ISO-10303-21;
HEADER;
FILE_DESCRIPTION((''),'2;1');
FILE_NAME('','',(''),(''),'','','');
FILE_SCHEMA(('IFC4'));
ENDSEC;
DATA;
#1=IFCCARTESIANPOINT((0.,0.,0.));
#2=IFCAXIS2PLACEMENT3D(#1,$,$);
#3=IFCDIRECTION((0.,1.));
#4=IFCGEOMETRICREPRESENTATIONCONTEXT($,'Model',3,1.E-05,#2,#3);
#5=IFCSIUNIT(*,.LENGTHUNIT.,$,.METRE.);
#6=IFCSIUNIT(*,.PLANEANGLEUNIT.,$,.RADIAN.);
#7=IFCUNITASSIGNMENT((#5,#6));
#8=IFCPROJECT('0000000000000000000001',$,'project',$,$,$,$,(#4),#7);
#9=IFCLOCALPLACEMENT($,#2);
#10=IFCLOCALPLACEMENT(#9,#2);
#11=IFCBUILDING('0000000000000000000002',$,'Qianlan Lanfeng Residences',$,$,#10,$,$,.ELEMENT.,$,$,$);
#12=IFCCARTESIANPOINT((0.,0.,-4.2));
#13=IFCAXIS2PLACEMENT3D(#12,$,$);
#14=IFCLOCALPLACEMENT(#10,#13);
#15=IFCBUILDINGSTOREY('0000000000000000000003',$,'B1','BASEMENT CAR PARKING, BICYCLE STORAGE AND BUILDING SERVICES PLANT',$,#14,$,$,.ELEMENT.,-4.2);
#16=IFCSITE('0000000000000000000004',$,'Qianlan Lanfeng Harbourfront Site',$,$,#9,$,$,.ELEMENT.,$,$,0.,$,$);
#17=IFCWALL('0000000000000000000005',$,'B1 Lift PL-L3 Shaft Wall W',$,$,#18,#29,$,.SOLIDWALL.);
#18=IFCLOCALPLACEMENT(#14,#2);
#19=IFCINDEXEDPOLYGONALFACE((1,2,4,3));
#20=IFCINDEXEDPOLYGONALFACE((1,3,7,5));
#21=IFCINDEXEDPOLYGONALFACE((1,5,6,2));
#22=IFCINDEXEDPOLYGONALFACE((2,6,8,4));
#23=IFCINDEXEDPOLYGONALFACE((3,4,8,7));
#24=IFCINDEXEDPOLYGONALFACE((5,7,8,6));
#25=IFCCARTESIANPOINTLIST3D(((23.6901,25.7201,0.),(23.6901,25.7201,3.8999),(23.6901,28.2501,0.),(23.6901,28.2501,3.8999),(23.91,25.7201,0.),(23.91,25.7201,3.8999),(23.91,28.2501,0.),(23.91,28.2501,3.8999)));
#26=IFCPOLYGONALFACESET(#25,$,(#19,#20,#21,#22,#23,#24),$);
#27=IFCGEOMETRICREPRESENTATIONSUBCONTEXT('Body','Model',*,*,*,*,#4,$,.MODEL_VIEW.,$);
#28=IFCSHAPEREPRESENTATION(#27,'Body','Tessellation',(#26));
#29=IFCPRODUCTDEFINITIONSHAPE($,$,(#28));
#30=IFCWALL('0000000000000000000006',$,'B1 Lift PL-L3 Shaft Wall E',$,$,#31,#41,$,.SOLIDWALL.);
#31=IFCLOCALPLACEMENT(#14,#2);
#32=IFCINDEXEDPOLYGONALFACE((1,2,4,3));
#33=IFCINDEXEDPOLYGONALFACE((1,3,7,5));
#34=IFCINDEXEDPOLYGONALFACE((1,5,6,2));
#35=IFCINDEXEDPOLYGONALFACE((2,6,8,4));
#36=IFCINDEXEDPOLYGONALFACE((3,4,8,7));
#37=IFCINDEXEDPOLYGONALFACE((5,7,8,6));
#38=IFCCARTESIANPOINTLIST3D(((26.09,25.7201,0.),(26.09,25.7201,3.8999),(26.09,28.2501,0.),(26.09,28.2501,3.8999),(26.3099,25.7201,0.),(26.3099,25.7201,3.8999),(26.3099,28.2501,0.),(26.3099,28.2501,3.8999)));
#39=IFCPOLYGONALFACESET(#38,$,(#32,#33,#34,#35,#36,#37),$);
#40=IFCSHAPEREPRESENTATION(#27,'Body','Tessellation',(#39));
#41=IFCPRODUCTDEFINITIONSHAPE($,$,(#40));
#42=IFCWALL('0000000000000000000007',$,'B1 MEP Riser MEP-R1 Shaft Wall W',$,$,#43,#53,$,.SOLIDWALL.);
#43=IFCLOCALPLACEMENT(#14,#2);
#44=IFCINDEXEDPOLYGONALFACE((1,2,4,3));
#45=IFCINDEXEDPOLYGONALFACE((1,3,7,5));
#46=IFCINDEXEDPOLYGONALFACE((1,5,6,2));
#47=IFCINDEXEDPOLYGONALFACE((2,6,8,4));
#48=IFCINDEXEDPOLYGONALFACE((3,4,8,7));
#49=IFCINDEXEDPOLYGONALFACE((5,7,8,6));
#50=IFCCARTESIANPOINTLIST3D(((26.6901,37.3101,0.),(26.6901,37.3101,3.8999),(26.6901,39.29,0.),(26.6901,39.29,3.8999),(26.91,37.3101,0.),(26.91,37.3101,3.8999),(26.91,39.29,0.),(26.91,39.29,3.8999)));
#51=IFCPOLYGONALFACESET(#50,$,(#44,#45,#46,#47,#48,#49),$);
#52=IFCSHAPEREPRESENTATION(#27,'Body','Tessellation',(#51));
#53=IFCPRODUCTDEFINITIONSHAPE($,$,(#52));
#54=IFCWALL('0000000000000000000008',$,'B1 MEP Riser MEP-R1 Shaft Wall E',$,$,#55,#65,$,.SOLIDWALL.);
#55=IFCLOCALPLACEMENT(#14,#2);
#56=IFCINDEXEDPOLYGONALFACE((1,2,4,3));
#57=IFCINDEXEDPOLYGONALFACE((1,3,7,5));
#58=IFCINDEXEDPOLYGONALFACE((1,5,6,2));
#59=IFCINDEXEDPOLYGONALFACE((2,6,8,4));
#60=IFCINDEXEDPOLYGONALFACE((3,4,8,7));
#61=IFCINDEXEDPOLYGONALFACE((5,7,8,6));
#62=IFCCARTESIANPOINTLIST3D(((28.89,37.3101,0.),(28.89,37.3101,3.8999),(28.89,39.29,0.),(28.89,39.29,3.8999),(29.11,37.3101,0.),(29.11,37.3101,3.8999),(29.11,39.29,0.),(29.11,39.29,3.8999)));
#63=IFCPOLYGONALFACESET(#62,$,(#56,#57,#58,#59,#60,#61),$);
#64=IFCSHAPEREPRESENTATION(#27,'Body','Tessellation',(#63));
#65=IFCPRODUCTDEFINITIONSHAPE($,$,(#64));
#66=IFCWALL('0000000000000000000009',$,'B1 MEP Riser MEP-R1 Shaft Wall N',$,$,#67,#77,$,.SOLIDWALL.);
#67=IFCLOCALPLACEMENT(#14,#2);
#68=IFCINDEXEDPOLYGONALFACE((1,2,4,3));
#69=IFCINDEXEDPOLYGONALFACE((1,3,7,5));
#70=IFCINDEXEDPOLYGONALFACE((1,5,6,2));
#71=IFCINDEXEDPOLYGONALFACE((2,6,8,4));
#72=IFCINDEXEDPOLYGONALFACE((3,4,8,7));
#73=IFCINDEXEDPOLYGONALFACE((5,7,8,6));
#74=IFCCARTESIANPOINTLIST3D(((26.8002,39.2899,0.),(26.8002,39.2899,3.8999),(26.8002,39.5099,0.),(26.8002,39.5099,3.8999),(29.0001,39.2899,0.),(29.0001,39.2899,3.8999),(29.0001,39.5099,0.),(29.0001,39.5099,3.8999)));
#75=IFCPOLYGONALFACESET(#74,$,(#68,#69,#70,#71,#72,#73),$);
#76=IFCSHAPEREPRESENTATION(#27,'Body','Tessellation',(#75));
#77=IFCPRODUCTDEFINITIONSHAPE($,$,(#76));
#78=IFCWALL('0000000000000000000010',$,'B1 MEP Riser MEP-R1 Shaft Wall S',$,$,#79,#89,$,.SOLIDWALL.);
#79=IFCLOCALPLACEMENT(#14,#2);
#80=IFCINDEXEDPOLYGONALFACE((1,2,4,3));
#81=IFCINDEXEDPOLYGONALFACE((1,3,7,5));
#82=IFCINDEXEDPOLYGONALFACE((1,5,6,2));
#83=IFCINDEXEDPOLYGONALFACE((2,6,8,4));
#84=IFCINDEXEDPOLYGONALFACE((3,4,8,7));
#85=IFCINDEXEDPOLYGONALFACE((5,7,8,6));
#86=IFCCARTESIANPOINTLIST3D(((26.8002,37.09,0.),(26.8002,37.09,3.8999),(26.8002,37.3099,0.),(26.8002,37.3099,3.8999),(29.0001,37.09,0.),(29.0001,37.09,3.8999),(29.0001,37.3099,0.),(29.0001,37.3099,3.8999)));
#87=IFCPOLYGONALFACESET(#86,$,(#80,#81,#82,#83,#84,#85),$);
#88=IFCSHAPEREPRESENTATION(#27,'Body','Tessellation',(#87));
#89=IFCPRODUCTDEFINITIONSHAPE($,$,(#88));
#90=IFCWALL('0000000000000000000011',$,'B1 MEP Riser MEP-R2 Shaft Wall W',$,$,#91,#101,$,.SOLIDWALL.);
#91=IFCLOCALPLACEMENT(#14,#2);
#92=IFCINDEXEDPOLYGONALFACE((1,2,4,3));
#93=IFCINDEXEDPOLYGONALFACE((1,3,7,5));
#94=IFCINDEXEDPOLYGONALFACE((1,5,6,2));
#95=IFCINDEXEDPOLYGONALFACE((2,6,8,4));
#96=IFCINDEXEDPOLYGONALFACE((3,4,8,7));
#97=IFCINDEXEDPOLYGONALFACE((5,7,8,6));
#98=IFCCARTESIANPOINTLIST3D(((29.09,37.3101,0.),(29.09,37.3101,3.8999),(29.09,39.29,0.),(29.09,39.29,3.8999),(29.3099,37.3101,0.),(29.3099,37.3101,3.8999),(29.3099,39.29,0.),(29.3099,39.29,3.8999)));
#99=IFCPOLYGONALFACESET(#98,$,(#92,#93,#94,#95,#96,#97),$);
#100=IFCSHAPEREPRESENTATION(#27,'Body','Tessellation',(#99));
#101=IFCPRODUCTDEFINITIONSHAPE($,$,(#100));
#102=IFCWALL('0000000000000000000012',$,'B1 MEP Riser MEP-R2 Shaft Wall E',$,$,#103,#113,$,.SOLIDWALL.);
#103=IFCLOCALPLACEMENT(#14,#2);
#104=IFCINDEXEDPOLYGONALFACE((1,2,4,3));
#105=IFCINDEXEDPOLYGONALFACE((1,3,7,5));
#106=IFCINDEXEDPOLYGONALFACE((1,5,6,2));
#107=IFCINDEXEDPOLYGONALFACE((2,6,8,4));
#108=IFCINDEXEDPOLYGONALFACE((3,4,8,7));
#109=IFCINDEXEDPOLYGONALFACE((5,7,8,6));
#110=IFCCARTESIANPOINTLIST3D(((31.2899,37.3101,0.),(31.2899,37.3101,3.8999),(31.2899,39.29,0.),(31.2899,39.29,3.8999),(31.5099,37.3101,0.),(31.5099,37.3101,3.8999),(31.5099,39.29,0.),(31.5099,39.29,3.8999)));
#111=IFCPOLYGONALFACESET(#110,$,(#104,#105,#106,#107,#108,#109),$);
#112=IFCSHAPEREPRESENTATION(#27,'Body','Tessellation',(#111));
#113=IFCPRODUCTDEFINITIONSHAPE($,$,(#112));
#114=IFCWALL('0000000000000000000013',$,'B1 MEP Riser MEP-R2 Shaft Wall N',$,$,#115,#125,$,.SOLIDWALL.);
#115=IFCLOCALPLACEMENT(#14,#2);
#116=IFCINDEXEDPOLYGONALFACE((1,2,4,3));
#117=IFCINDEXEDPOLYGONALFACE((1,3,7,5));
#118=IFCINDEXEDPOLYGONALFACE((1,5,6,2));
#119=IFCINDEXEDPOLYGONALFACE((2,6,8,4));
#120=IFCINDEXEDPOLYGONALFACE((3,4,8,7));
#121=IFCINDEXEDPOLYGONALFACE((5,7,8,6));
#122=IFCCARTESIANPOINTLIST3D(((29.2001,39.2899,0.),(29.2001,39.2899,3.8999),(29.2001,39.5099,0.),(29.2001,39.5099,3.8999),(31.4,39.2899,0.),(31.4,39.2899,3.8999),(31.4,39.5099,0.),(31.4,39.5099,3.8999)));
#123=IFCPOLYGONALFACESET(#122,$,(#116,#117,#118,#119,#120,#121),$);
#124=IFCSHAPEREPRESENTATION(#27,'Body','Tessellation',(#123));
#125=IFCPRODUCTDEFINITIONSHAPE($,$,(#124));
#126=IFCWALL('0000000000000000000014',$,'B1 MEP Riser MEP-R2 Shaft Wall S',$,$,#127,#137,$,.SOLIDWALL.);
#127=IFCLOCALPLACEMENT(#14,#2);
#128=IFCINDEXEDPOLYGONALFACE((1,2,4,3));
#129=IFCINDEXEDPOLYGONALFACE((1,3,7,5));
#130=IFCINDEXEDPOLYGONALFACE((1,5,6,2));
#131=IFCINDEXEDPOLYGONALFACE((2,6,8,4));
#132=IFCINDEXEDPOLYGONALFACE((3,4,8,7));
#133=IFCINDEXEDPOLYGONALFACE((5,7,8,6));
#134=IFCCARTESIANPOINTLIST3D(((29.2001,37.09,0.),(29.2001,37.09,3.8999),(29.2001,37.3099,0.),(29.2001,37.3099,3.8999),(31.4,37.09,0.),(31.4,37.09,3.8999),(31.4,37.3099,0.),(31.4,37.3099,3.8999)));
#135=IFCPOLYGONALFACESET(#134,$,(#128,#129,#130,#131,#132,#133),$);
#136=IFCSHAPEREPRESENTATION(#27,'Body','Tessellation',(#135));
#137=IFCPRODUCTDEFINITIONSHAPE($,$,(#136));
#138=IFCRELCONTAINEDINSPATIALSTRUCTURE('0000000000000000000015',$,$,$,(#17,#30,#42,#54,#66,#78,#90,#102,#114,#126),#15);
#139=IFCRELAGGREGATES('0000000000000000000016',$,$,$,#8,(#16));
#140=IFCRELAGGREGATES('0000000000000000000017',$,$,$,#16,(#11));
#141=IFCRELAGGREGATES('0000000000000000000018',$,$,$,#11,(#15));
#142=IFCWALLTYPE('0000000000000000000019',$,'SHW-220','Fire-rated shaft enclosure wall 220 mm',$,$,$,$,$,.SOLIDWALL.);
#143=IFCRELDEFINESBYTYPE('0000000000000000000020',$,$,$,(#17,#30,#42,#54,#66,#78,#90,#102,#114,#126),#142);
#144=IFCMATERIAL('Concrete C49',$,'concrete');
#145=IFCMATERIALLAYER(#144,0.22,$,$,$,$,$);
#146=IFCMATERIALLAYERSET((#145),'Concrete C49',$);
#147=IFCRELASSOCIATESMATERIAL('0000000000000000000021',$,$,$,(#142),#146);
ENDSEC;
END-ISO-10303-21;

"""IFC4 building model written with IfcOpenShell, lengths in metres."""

from ifc_helpers import new_model, si_unit, direction, frame, frame_2d, origin, place, context, subcontext, project, spatial, rectangle, extrude, material, layer, layer_set, type_object, element, save


model = new_model("IFC4")

# Units and contexts
model_context = context("Model", 3, precision=1e-05, world=origin(), true_north=direction((0.0, 1.0)))
body_context = subcontext(model_context, "Body", "Model", "MODEL_VIEW")
ifc_project = project(units=[si_unit("LENGTHUNIT", "METRE"), si_unit("PLANEANGLEUNIT", "RADIAN")], contexts=[model_context])

# Site, building, storey
site_placement = place(None, origin())
site = spatial("IfcSite", under=ifc_project, at=site_placement, Name="Qianlan Lanfeng Harbourfront Site", CompositionType="ELEMENT", RefElevation=0.0)
building_placement = place(site_placement, origin())
building = spatial("IfcBuilding", under=site, at=building_placement, Name="Qianlan Lanfeng Residences", CompositionType="ELEMENT")
storey_placement = place(building_placement, frame((0.0, 0.0, -4.2)))
storey = spatial("IfcBuildingStorey", under=building, at=storey_placement, Name="B1", Description="BASEMENT CAR PARKING, BICYCLE STORAGE AND BUILDING SERVICES PLANT", CompositionType="ELEMENT", Elevation=-4.2)

# Walls
ifc_material_1 = material(Name="Concrete C49", Category="concrete")
ifc_layer_1 = layer(ifc_material_1, 0.22)
ifc_layer_set_1 = layer_set([ifc_layer_1], Name="Concrete C49")
wall_type_1 = type_object("IfcWallType", Name="SHW-220", Description="Fire-rated shaft enclosure wall 220 mm", PredefinedType="SOLIDWALL", material=ifc_layer_set_1)
for number, where, z_axis, x_axis, name in (
    (1, (23.8, 25.72, 0.0), (0.0, 0.0, 1.0), (0.0, 1.0, 0.0), "B1 Lift PL-L3 Shaft Wall W"),
    (2, (26.2, 25.72, 0.0), (0.0, 0.0, 1.0), (0.0, 1.0, 0.0), "B1 Lift PL-L3 Shaft Wall E"),
):
    element("IfcWall", number, at=place(storey_placement, frame(where, z_axis=z_axis, x_axis=x_axis)), inside=storey, type_object=wall_type_1, Name=name, PredefinedType="SOLIDWALL", context=body_context, shape_type="SweptSolid", body=[
        extrude(rectangle(XDim=2.53, YDim=0.22, at=frame_2d((1.2651, 0.0))), origin(), (0.0, 0.0, 1.0), 3.8999),
    ])
for number, where, z_axis, x_axis, name in (
    (3, (26.8, 37.3101, 0.0), (0.0, 0.0, 1.0), (0.0, 1.0, 0.0), "B1 MEP Riser MEP-R1 Shaft Wall W"),
    (4, (29.0, 37.3101, 0.0), (0.0, 0.0, 1.0), (0.0, 1.0, 0.0), "B1 MEP Riser MEP-R1 Shaft Wall E"),
):
    element("IfcWall", number, at=place(storey_placement, frame(where, z_axis=z_axis, x_axis=x_axis)), inside=storey, type_object=wall_type_1, Name=name, PredefinedType="SOLIDWALL", context=body_context, shape_type="SweptSolid", body=[
        extrude(rectangle(XDim=1.98, YDim=0.22, at=frame_2d((0.99, 0.0))), origin(), (0.0, 0.0, 1.0), 3.8999),
    ])
for number, where, z_axis, x_axis, name in (
    (5, (26.8, 39.3999, 0.0), (0.0, 0.0, 1.0), (1.0, 0.0, 0.0), "B1 MEP Riser MEP-R1 Shaft Wall N"),
    (6, (26.8, 37.2, 0.0), (0.0, 0.0, 1.0), (1.0, 0.0, 0.0), "B1 MEP Riser MEP-R1 Shaft Wall S"),
):
    element("IfcWall", number, at=place(storey_placement, frame(where, z_axis=z_axis, x_axis=x_axis)), inside=storey, type_object=wall_type_1, Name=name, PredefinedType="SOLIDWALL", context=body_context, shape_type="SweptSolid", body=[
        extrude(rectangle(XDim=2.2, YDim=0.22, at=frame_2d((1.1001, 0.0))), origin(), (0.0, 0.0, 1.0), 3.8999),
    ])
for number, where, z_axis, x_axis, name in (
    (7, (29.2, 37.3101, 0.0), (0.0, 0.0, 1.0), (0.0, 1.0, 0.0), "B1 MEP Riser MEP-R2 Shaft Wall W"),
    (8, (31.3999, 37.3101, 0.0), (0.0, 0.0, 1.0), (0.0, 1.0, 0.0), "B1 MEP Riser MEP-R2 Shaft Wall E"),
):
    element("IfcWall", number, at=place(storey_placement, frame(where, z_axis=z_axis, x_axis=x_axis)), inside=storey, type_object=wall_type_1, Name=name, PredefinedType="SOLIDWALL", context=body_context, shape_type="SweptSolid", body=[
        extrude(rectangle(XDim=1.98, YDim=0.22, at=frame_2d((0.99, 0.0))), origin(), (0.0, 0.0, 1.0), 3.8999),
    ])
for number, where, z_axis, x_axis, name in (
    (9, (29.2, 39.3999, 0.0), (0.0, 0.0, 1.0), (1.0, 0.0, 0.0), "B1 MEP Riser MEP-R2 Shaft Wall N"),
    (10, (29.2, 37.2, 0.0), (0.0, 0.0, 1.0), (1.0, 0.0, 0.0), "B1 MEP Riser MEP-R2 Shaft Wall S"),
):
    element("IfcWall", number, at=place(storey_placement, frame(where, z_axis=z_axis, x_axis=x_axis)), inside=storey, type_object=wall_type_1, Name=name, PredefinedType="SOLIDWALL", context=body_context, shape_type="SweptSolid", body=[
        extrude(rectangle(XDim=2.2, YDim=0.22, at=frame_2d((1.1001, 0.0))), origin(), (0.0, 0.0, 1.0), 3.8999),
    ])

save(model, "model.ifc")
